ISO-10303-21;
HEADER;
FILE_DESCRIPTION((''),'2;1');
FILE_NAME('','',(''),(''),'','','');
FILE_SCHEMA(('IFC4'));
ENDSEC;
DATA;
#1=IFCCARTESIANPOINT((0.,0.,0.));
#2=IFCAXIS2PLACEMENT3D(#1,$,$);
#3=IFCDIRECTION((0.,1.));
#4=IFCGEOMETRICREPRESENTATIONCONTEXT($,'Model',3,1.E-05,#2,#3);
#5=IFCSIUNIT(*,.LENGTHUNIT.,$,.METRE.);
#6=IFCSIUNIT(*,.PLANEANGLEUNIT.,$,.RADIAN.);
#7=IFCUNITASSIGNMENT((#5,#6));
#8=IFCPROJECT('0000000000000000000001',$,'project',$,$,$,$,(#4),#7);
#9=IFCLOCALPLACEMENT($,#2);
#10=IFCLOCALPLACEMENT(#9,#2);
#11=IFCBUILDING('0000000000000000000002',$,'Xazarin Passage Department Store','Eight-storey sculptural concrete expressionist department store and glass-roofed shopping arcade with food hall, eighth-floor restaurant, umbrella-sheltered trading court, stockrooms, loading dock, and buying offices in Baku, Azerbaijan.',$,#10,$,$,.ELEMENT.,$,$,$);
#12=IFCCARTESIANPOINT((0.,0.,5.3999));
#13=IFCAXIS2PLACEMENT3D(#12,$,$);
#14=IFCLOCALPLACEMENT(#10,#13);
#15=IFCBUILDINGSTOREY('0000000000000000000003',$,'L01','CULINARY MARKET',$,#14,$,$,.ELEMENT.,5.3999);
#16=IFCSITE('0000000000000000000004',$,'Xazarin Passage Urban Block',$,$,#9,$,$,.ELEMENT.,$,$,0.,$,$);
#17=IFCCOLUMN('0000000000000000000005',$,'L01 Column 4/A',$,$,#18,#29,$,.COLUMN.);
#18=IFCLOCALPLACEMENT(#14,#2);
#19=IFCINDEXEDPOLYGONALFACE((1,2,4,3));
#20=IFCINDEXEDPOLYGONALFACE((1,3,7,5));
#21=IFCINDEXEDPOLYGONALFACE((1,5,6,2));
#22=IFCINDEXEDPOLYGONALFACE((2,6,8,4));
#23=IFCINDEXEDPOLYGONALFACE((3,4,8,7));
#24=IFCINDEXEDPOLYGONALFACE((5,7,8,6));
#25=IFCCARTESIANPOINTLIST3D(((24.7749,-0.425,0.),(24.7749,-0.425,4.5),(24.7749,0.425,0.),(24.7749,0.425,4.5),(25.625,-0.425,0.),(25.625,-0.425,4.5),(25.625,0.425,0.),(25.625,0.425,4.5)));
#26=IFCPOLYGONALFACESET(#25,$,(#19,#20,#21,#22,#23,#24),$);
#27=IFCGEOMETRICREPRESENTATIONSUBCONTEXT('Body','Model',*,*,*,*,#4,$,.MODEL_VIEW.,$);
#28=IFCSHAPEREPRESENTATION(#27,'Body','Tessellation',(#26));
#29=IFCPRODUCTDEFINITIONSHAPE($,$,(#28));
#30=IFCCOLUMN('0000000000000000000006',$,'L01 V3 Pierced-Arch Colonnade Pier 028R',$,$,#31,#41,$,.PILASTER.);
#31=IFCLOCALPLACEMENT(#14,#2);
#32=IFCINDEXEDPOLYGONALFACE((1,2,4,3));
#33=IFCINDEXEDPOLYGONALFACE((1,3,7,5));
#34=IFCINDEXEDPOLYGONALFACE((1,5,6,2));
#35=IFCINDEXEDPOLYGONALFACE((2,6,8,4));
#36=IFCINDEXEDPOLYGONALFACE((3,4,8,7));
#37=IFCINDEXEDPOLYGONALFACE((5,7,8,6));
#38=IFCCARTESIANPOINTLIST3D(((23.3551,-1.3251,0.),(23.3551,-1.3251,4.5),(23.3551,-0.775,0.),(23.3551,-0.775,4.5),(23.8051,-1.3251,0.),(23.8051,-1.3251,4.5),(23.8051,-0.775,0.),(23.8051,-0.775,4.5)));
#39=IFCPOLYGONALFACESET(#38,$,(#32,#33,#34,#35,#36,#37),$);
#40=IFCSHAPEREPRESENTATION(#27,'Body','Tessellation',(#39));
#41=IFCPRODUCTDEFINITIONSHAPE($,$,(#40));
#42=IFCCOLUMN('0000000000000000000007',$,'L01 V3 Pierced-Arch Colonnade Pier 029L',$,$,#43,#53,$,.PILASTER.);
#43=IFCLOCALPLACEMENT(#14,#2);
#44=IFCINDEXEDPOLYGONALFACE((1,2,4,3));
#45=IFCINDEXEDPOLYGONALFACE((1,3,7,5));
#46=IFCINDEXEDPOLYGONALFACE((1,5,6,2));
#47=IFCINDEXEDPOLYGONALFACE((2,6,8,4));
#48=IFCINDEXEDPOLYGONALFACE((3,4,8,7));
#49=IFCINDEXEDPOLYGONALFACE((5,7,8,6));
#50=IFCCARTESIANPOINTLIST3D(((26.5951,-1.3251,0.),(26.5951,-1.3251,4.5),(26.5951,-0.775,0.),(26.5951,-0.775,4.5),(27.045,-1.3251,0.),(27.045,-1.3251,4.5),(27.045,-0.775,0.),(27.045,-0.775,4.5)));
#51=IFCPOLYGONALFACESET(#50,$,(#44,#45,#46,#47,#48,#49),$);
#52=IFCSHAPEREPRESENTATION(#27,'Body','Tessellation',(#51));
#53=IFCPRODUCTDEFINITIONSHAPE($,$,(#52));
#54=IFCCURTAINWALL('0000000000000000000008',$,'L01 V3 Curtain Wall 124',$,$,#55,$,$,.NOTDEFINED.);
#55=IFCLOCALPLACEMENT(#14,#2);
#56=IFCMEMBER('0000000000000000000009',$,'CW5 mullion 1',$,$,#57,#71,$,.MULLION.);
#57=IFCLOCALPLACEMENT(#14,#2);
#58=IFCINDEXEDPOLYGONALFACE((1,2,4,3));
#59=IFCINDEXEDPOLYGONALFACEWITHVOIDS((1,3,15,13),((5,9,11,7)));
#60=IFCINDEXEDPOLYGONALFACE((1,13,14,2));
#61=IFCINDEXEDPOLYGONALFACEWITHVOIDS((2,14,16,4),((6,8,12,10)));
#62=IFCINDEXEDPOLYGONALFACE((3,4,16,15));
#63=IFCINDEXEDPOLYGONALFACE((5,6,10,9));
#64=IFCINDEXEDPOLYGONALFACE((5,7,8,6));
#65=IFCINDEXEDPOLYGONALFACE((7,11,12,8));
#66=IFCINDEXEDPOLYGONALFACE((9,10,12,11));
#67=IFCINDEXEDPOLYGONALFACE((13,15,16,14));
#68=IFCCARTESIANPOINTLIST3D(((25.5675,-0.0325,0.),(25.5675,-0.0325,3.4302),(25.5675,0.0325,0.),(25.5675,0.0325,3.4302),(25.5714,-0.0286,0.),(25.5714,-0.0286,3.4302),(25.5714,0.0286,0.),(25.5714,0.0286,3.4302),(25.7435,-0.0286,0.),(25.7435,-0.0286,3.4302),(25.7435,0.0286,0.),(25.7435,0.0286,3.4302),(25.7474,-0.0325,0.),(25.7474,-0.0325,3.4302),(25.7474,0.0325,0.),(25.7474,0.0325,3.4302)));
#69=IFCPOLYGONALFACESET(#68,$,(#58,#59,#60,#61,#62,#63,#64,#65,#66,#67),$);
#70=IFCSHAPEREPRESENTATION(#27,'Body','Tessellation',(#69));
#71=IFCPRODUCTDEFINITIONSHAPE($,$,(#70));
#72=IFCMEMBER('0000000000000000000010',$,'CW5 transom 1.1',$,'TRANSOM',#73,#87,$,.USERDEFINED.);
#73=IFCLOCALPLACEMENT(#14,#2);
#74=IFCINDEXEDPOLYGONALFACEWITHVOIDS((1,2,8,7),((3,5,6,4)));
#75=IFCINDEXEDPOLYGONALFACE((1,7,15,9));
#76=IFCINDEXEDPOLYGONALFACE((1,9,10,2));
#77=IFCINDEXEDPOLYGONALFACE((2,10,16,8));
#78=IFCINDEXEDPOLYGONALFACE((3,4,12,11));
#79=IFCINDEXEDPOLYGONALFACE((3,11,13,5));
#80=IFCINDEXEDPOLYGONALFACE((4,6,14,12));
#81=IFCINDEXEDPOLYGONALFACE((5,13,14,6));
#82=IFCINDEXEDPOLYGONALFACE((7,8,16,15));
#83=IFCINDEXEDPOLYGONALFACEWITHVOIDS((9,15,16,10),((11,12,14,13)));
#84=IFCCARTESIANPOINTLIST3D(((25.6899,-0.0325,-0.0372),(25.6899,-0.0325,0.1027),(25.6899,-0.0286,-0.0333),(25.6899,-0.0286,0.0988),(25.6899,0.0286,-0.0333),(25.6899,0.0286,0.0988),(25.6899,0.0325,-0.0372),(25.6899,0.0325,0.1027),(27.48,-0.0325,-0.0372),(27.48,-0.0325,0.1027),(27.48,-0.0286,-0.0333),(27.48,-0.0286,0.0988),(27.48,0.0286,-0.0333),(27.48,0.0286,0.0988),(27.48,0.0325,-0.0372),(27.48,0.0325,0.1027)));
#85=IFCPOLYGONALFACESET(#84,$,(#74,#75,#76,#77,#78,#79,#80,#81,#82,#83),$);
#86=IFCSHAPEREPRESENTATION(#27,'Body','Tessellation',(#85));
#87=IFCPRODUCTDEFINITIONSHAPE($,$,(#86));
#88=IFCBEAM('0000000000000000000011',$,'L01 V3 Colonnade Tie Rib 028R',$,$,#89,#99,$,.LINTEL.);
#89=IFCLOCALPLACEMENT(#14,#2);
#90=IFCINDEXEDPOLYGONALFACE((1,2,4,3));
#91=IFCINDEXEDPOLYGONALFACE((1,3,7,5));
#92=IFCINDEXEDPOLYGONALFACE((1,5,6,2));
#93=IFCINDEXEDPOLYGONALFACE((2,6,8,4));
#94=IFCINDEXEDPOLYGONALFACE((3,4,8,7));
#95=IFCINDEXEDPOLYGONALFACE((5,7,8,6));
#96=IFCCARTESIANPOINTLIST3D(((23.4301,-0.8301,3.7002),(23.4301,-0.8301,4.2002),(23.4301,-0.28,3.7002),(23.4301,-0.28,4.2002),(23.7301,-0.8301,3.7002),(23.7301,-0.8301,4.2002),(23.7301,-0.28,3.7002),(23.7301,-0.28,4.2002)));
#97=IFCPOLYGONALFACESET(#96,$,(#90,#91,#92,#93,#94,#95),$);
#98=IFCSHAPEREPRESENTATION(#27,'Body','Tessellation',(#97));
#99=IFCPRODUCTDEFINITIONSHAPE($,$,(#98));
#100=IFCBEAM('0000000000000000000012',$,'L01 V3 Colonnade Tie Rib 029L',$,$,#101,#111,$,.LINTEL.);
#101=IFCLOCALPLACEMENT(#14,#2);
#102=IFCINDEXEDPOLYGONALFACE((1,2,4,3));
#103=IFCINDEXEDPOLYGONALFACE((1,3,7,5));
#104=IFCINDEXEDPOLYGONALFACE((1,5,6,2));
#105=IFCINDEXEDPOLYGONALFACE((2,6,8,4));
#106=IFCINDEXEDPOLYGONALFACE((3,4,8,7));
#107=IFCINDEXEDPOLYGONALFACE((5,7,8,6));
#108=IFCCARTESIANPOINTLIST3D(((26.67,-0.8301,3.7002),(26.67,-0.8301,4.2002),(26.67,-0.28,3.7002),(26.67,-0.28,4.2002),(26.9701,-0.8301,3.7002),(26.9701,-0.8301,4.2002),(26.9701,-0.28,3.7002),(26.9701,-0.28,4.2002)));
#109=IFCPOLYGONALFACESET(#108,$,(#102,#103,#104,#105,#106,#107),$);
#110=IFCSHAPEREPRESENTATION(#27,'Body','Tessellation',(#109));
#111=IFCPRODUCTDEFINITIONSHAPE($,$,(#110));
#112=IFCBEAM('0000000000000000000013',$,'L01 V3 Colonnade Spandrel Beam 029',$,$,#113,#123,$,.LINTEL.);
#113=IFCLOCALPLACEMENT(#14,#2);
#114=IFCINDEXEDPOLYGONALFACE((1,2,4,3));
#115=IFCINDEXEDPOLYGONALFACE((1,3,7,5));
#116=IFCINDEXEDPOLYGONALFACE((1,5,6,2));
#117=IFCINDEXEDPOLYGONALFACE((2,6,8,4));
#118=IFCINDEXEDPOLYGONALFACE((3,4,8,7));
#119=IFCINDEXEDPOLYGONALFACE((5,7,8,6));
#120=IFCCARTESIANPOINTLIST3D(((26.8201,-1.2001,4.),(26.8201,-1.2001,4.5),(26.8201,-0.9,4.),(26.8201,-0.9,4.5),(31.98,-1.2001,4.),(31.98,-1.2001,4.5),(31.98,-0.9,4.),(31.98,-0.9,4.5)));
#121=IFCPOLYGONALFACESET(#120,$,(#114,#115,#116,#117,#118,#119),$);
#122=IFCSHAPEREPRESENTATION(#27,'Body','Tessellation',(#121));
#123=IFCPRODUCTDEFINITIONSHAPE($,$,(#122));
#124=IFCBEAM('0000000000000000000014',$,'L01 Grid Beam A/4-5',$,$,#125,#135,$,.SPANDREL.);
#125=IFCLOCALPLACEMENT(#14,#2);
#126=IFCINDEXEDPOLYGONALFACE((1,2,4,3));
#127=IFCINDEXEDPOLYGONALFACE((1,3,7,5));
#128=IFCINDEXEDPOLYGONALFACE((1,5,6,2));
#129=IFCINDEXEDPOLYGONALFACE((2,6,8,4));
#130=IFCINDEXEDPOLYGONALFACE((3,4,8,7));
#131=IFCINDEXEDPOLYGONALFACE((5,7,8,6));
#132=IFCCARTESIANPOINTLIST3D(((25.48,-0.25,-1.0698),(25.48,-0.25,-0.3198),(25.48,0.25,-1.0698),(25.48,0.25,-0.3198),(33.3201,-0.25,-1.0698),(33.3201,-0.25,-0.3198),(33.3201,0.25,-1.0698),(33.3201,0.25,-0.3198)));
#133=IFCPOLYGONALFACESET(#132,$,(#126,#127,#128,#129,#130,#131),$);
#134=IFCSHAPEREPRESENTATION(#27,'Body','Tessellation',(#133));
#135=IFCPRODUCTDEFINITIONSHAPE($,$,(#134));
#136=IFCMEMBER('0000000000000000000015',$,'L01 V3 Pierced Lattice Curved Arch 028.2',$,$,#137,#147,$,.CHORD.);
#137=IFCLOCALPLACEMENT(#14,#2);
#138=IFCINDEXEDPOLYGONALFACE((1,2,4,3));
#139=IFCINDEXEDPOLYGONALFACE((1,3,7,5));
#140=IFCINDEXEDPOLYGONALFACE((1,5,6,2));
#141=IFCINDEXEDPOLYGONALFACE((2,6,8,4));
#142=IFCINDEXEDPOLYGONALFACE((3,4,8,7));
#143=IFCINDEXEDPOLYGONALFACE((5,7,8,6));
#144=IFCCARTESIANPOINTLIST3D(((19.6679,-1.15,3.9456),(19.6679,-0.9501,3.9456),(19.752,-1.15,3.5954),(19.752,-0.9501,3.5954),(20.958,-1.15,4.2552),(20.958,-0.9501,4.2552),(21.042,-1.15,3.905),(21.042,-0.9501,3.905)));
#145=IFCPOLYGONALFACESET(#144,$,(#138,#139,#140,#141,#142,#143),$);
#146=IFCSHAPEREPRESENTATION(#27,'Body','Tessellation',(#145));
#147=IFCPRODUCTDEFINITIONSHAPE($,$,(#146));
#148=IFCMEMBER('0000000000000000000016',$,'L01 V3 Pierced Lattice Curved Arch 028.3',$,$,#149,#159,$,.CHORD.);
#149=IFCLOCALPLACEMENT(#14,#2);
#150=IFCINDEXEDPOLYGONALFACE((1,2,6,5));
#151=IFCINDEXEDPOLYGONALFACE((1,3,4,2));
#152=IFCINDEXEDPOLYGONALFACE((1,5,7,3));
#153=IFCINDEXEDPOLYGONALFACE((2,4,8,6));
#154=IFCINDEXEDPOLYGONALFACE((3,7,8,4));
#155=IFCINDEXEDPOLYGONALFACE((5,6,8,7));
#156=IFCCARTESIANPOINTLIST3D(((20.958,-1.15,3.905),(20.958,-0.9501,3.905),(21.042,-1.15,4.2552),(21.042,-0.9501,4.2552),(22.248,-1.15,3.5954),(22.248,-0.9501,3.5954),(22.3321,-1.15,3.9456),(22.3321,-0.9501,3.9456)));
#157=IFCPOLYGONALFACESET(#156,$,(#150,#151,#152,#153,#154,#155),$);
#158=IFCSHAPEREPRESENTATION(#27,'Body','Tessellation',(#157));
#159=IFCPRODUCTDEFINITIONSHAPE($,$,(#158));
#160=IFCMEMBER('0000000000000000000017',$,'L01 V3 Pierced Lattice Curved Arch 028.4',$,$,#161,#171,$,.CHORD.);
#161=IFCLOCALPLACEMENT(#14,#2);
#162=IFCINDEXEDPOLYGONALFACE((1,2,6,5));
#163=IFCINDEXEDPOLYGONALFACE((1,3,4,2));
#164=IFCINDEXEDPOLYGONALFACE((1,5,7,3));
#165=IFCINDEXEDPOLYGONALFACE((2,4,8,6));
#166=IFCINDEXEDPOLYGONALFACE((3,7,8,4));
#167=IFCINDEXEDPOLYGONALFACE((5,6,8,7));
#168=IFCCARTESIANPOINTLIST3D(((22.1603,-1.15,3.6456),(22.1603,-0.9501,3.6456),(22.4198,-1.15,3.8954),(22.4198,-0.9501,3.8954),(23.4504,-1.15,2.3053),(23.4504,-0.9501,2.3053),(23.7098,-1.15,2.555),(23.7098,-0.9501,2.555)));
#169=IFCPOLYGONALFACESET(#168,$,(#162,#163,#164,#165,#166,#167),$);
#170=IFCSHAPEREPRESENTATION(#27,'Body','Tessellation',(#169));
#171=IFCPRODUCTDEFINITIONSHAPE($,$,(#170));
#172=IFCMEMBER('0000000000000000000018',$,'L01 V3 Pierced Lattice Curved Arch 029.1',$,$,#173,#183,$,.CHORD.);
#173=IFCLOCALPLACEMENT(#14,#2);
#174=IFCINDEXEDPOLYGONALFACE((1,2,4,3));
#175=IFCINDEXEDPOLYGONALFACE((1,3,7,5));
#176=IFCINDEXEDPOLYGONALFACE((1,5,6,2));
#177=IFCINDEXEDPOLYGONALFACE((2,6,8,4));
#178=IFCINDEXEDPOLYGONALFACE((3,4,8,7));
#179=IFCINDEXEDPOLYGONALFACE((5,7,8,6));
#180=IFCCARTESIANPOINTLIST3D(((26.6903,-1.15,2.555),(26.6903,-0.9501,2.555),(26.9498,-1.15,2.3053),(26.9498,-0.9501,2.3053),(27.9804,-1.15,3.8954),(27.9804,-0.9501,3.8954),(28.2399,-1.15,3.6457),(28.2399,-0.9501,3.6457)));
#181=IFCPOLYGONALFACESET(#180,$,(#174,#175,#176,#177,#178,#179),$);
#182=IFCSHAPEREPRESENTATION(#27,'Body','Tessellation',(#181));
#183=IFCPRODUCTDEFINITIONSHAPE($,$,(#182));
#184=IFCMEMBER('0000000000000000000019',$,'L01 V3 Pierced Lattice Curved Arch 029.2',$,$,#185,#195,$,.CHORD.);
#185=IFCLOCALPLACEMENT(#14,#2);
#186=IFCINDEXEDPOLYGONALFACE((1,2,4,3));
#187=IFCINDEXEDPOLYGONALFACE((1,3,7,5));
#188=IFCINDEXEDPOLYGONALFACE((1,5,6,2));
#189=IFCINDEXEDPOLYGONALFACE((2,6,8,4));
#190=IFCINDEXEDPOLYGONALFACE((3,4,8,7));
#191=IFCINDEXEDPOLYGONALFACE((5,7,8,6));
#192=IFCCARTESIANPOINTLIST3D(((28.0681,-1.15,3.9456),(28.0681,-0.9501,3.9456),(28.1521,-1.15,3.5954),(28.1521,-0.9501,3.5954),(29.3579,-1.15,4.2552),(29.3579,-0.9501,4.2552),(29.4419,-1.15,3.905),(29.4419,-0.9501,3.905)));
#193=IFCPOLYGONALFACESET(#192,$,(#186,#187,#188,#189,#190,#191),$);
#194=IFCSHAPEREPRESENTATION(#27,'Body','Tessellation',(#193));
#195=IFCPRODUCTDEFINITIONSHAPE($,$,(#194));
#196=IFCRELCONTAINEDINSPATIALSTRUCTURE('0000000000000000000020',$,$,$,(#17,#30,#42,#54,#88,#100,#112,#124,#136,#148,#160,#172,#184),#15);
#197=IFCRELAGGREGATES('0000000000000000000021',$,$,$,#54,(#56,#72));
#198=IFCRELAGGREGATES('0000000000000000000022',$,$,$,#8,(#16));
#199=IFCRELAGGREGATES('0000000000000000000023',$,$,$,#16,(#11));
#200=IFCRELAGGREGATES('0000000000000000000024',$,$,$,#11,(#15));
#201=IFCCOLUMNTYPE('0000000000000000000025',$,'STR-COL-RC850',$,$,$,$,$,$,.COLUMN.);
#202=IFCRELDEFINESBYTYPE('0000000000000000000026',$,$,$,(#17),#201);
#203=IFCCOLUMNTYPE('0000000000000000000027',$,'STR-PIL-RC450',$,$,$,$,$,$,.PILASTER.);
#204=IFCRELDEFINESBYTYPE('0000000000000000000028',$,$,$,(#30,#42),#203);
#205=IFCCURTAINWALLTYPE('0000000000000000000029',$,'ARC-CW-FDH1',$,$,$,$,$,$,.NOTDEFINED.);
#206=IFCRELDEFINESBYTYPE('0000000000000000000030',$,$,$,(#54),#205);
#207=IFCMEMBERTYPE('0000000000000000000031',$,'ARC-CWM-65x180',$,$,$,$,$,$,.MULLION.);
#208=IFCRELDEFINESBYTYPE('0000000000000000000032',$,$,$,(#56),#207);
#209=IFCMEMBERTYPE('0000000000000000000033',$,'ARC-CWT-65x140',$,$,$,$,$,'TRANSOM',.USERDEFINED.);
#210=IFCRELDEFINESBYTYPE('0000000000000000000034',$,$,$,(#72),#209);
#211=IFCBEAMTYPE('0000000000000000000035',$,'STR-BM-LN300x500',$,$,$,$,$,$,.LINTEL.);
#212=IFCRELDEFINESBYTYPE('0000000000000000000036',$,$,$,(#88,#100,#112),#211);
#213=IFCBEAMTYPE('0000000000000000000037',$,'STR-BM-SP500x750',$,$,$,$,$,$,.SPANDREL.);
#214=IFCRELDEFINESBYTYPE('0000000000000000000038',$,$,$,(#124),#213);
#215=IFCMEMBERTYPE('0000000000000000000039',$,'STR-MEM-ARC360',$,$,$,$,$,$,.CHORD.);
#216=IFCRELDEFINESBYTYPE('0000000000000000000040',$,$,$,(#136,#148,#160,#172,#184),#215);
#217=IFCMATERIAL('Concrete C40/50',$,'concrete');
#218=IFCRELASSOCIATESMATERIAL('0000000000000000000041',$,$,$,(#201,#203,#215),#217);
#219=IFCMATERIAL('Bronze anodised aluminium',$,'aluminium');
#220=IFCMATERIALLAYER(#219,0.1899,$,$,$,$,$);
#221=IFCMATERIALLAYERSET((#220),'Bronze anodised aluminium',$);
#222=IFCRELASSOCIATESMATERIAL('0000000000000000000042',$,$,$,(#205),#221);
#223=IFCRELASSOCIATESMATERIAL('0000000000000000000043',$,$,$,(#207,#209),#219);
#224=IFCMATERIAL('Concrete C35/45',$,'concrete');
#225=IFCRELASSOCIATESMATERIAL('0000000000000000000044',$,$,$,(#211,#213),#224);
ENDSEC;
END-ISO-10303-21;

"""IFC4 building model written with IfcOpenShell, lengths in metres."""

from ifc_helpers import new_model, si_unit, direction, frame, origin, origin_2d, place, context, subcontext, project, spatial, rectangle, hollow_rectangle, extrude, material, layer, layer_set, material_profile, profile_set, type_object, element, aggregate, save


model = new_model("IFC4")

# Units and contexts
model_context = context("Model", 3, precision=1e-05, world=origin(), true_north=direction((0.0, 1.0)))
body_context = subcontext(model_context, "Body", "Model", "MODEL_VIEW")
ifc_project = project(units=[si_unit("LENGTHUNIT", "METRE"), si_unit("PLANEANGLEUNIT", "RADIAN")], contexts=[model_context])

# Site, building, storey
site_placement = place(None, origin())
site = spatial("IfcSite", under=ifc_project, at=site_placement, Name="Xazarin Passage Urban Block", CompositionType="ELEMENT", RefElevation=0.0)
building_placement = place(site_placement, origin())
building = spatial("IfcBuilding", under=site, at=building_placement, Name="Xazarin Passage Department Store", Description="Eight-storey sculptural concrete expressionist department store and glass-roofed shopping arcade with food hall, eighth-floor restaurant, umbrella-sheltered trading court, stockrooms, loading dock, and buying offices in Baku, Azerbaijan.", CompositionType="ELEMENT")
storey_placement = place(building_placement, frame((0.0, 0.0, 5.3999)))
storey = spatial("IfcBuildingStorey", under=building, at=storey_placement, Name="L01", Description="CULINARY MARKET", CompositionType="ELEMENT", Elevation=5.3999)

# Columns
ifc_material_1 = material(Name="Concrete C40/50", Category="concrete")
ifc_material_profile_1 = material_profile(ifc_material_1, rectangle(XDim=0.8501, YDim=0.8501, at=origin_2d()), Name="RC 850x850")
ifc_profile_set_1 = profile_set([ifc_material_profile_1], Name="Concrete C40/50")
column_type_1 = type_object("IfcColumnType", Name="STR-COL-RC850", PredefinedType="COLUMN", material=ifc_profile_set_1)
column_placement = place(storey_placement, frame((25.2, 0.0, 0.0), z_axis=(0.0, 0.0, 1.0), x_axis=(1.0, 0.0, 0.0)))
element("IfcColumn", 1, at=column_placement, inside=storey, type_object=column_type_1, Name="L01 Column 4/A", PredefinedType="COLUMN", context=body_context, shape_type="SweptSolid", body=[
    extrude(rectangle(XDim=0.8501, YDim=0.8501, at=origin_2d()), origin(), (0.0, 0.0, 1.0), 4.5),
])
ifc_material_profile_2 = material_profile(ifc_material_1, rectangle(XDim=0.45, YDim=0.55, at=origin_2d()), Name="RC 450x550")
ifc_profile_set_2 = profile_set([ifc_material_profile_2], Name="Concrete C40/50")
column_type_2 = type_object("IfcColumnType", Name="STR-PIL-RC450", PredefinedType="PILASTER", material=ifc_profile_set_2)
for number, where, z_axis, x_axis, name in (
    (2, (23.5801, -1.05, 0.0), (0.0, 0.0, 1.0), (1.0, 0.0, 0.0), "L01 V3 Pierced-Arch Colonnade Pier 028R"),
    (3, (26.8201, -1.05, 0.0), (0.0, 0.0, 1.0), (1.0, 0.0, 0.0), "L01 V3 Pierced-Arch Colonnade Pier 029L"),
):
    element("IfcColumn", number, at=place(storey_placement, frame(where, z_axis=z_axis, x_axis=x_axis)), inside=storey, type_object=column_type_2, Name=name, PredefinedType="PILASTER", context=body_context, shape_type="SweptSolid", body=[
        extrude(rectangle(XDim=0.45, YDim=0.55, at=origin_2d()), origin(), (0.0, 0.0, 1.0), 4.5),
    ])

# Curtain wall, members
ifc_material_2 = material(Name="Bronze anodised aluminium", Category="aluminium")
ifc_layer_1 = layer(ifc_material_2, 0.1899)
ifc_layer_set_1 = layer_set([ifc_layer_1], Name="Bronze anodised aluminium")
curtain_wall_type = type_object("IfcCurtainWallType", Name="ARC-CW-FDH1", PredefinedType="NOTDEFINED", material=ifc_layer_set_1)
curtain_wall_placement = place(storey_placement, origin())
curtain_wall = element("IfcCurtainWall", 4, at=curtain_wall_placement, inside=storey, type_object=curtain_wall_type, Name="L01 V3 Curtain Wall 124", PredefinedType="NOTDEFINED")
ifc_material_profile_3 = material_profile(ifc_material_2, hollow_rectangle(XDim=0.0649, YDim=0.1799, WallThickness=0.0039, at=origin_2d()), Name="ALU 65x180")
ifc_profile_set_3 = profile_set([ifc_material_profile_3], Name="Bronze anodised aluminium")
member_type_1 = type_object("IfcMemberType", Name="ARC-CWM-65x180", PredefinedType="MULLION", material=ifc_profile_set_3)
member_1_placement = place(storey_placement, frame((25.6575, 0.0, 0.0), z_axis=(0.0, 0.0, 1.0), x_axis=(0.0, 1.0, 0.0)))
member_1 = element("IfcMember", 5, at=member_1_placement, type_object=member_type_1, Name="CW5 mullion 1", PredefinedType="MULLION", context=body_context, shape_type="SweptSolid", body=[
    extrude(hollow_rectangle(XDim=0.0649, YDim=0.1799, WallThickness=0.0039, at=origin_2d()), origin(), (0.0, 0.0, 1.0), 3.4302),
])
ifc_material_profile_4 = material_profile(ifc_material_2, hollow_rectangle(XDim=0.0649, YDim=0.1399, WallThickness=0.0039, at=origin_2d()), Name="ALU 65x140")
ifc_profile_set_4 = profile_set([ifc_material_profile_4], Name="Bronze anodised aluminium")
member_type_2 = type_object("IfcMemberType", Name="ARC-CWT-65x140", ElementType="TRANSOM", PredefinedType="USERDEFINED", material=ifc_profile_set_4)
member_2_placement = place(storey_placement, frame((25.6899, 0.0, 0.0327), z_axis=(1.0, 0.0, 0.0), x_axis=(0.0, 1.0, 0.0)))
member_2 = element("IfcMember", 6, at=member_2_placement, type_object=member_type_2, Name="CW5 transom 1.1", ObjectType="TRANSOM", PredefinedType="USERDEFINED", context=body_context, shape_type="SweptSolid", body=[
    extrude(hollow_rectangle(XDim=0.0649, YDim=0.1399, WallThickness=0.0039, at=origin_2d()), origin(), (0.0, 0.0, 1.0), 1.79),
])
aggregate(curtain_wall, [member_1, member_2])

# Beams
ifc_material_3 = material(Name="Concrete C35/45", Category="concrete")
ifc_material_profile_5 = material_profile(ifc_material_3, rectangle(XDim=0.3, YDim=0.5, at=origin_2d()), Name="RC 300x500")
ifc_profile_set_5 = profile_set([ifc_material_profile_5], Name="Concrete C35/45")
beam_type_1 = type_object("IfcBeamType", Name="STR-BM-LN300x500", PredefinedType="LINTEL", material=ifc_profile_set_5)
for number, where, z_axis, x_axis, name in (
    (7, (23.5801, -0.28, 3.9502), (0.0, -1.0, 0.0), (1.0, 0.0, 0.0), "L01 V3 Colonnade Tie Rib 028R"),
    (8, (26.8201, -0.28, 3.9502), (0.0, -1.0, 0.0), (1.0, 0.0, 0.0), "L01 V3 Colonnade Tie Rib 029L"),
):
    element("IfcBeam", number, at=place(storey_placement, frame(where, z_axis=z_axis, x_axis=x_axis)), inside=storey, type_object=beam_type_1, Name=name, PredefinedType="LINTEL", context=body_context, shape_type="SweptSolid", body=[
        extrude(rectangle(XDim=0.3, YDim=0.5, at=origin_2d()), origin(), (0.0, 0.0, 1.0), 0.55),
    ])
beam_1_placement = place(storey_placement, frame((26.8201, -1.05, 4.25), z_axis=(1.0, 0.0, 0.0), x_axis=(0.0, 1.0, 0.0)))
element("IfcBeam", 9, at=beam_1_placement, inside=storey, type_object=beam_type_1, Name="L01 V3 Colonnade Spandrel Beam 029", PredefinedType="LINTEL", context=body_context, shape_type="SweptSolid", body=[
    extrude(rectangle(XDim=0.3, YDim=0.5, at=origin_2d()), origin(), (0.0, 0.0, 1.0), 5.1599),
])
ifc_material_profile_6 = material_profile(ifc_material_3, rectangle(XDim=0.5, YDim=0.75, at=origin_2d()), Name="RC 500x750")
ifc_profile_set_6 = profile_set([ifc_material_profile_6], Name="Concrete C35/45")
beam_type_2 = type_object("IfcBeamType", Name="STR-BM-SP500x750", PredefinedType="SPANDREL", material=ifc_profile_set_6)
beam_2_placement = place(storey_placement, frame((25.48, 0.0, -0.6948), z_axis=(1.0, 0.0, 0.0), x_axis=(0.0, 1.0, 0.0)))
element("IfcBeam", 10, at=beam_2_placement, inside=storey, type_object=beam_type_2, Name="L01 Grid Beam A/4-5", PredefinedType="SPANDREL", context=body_context, shape_type="SweptSolid", body=[
    extrude(rectangle(XDim=0.5, YDim=0.75, at=origin_2d()), origin(), (0.0, 0.0, 1.0), 7.8401),
])

# Members
ifc_material_profile_7 = material_profile(ifc_material_1, rectangle(XDim=0.2, YDim=0.3601, at=origin_2d()), Name="RC 200x360")
ifc_profile_set_7 = profile_set([ifc_material_profile_7], Name="Concrete C40/50")
member_type_3 = type_object("IfcMemberType", Name="STR-MEM-ARC360", PredefinedType="CHORD", material=ifc_profile_set_7)
for number, where, z_axis, x_axis, name in (
    (11, (19.71, -1.05, 3.7705), (0.972394, 0.0, 0.233345), (0.0, 1.0, 0.0), "L01 V3 Pierced Lattice Curved Arch 028.2"),
    (12, (21.0, -1.05, 4.0801), (0.972394, 0.0, -0.233345), (0.0, 1.0, 0.0), "L01 V3 Pierced Lattice Curved Arch 028.3"),
):
    element("IfcMember", number, at=place(storey_placement, frame(where, z_axis=z_axis, x_axis=x_axis)), inside=storey, type_object=member_type_3, Name=name, PredefinedType="CHORD", context=body_context, shape_type="SweptSolid", body=[
        extrude(rectangle(XDim=0.2, YDim=0.3601, at=origin_2d()), origin(), (0.0, 0.0, 1.0), 1.3267),
    ])
for number, where, z_axis, x_axis, name in (
    (13, (22.29, -1.05, 3.7705), (0.69346, 0.0, -0.720495), (0.0, 1.0, 0.0), "L01 V3 Pierced Lattice Curved Arch 028.4"),
    (14, (26.8201, -1.05, 2.4302), (0.69346, 0.0, 0.720495), (0.0, 1.0, 0.0), "L01 V3 Pierced Lattice Curved Arch 029.1"),
):
    element("IfcMember", number, at=place(storey_placement, frame(where, z_axis=z_axis, x_axis=x_axis)), inside=storey, type_object=member_type_3, Name=name, PredefinedType="CHORD", context=body_context, shape_type="SweptSolid", body=[
        extrude(rectangle(XDim=0.2, YDim=0.3601, at=origin_2d()), origin(), (0.0, 0.0, 1.0), 1.8604),
    ])
member_3_placement = place(storey_placement, frame((28.1101, -1.05, 3.7705), z_axis=(0.972384, 0.0, 0.233387), x_axis=(0.0, 1.0, 0.0)))
element("IfcMember", 15, at=member_3_placement, inside=storey, type_object=member_type_3, Name="L01 V3 Pierced Lattice Curved Arch 029.2", PredefinedType="CHORD", context=body_context, shape_type="SweptSolid", body=[
    extrude(rectangle(XDim=0.2, YDim=0.3601, at=origin_2d()), origin(), (0.0, 0.0, 1.0), 1.3264),
])

save(model, "model.ifc")
